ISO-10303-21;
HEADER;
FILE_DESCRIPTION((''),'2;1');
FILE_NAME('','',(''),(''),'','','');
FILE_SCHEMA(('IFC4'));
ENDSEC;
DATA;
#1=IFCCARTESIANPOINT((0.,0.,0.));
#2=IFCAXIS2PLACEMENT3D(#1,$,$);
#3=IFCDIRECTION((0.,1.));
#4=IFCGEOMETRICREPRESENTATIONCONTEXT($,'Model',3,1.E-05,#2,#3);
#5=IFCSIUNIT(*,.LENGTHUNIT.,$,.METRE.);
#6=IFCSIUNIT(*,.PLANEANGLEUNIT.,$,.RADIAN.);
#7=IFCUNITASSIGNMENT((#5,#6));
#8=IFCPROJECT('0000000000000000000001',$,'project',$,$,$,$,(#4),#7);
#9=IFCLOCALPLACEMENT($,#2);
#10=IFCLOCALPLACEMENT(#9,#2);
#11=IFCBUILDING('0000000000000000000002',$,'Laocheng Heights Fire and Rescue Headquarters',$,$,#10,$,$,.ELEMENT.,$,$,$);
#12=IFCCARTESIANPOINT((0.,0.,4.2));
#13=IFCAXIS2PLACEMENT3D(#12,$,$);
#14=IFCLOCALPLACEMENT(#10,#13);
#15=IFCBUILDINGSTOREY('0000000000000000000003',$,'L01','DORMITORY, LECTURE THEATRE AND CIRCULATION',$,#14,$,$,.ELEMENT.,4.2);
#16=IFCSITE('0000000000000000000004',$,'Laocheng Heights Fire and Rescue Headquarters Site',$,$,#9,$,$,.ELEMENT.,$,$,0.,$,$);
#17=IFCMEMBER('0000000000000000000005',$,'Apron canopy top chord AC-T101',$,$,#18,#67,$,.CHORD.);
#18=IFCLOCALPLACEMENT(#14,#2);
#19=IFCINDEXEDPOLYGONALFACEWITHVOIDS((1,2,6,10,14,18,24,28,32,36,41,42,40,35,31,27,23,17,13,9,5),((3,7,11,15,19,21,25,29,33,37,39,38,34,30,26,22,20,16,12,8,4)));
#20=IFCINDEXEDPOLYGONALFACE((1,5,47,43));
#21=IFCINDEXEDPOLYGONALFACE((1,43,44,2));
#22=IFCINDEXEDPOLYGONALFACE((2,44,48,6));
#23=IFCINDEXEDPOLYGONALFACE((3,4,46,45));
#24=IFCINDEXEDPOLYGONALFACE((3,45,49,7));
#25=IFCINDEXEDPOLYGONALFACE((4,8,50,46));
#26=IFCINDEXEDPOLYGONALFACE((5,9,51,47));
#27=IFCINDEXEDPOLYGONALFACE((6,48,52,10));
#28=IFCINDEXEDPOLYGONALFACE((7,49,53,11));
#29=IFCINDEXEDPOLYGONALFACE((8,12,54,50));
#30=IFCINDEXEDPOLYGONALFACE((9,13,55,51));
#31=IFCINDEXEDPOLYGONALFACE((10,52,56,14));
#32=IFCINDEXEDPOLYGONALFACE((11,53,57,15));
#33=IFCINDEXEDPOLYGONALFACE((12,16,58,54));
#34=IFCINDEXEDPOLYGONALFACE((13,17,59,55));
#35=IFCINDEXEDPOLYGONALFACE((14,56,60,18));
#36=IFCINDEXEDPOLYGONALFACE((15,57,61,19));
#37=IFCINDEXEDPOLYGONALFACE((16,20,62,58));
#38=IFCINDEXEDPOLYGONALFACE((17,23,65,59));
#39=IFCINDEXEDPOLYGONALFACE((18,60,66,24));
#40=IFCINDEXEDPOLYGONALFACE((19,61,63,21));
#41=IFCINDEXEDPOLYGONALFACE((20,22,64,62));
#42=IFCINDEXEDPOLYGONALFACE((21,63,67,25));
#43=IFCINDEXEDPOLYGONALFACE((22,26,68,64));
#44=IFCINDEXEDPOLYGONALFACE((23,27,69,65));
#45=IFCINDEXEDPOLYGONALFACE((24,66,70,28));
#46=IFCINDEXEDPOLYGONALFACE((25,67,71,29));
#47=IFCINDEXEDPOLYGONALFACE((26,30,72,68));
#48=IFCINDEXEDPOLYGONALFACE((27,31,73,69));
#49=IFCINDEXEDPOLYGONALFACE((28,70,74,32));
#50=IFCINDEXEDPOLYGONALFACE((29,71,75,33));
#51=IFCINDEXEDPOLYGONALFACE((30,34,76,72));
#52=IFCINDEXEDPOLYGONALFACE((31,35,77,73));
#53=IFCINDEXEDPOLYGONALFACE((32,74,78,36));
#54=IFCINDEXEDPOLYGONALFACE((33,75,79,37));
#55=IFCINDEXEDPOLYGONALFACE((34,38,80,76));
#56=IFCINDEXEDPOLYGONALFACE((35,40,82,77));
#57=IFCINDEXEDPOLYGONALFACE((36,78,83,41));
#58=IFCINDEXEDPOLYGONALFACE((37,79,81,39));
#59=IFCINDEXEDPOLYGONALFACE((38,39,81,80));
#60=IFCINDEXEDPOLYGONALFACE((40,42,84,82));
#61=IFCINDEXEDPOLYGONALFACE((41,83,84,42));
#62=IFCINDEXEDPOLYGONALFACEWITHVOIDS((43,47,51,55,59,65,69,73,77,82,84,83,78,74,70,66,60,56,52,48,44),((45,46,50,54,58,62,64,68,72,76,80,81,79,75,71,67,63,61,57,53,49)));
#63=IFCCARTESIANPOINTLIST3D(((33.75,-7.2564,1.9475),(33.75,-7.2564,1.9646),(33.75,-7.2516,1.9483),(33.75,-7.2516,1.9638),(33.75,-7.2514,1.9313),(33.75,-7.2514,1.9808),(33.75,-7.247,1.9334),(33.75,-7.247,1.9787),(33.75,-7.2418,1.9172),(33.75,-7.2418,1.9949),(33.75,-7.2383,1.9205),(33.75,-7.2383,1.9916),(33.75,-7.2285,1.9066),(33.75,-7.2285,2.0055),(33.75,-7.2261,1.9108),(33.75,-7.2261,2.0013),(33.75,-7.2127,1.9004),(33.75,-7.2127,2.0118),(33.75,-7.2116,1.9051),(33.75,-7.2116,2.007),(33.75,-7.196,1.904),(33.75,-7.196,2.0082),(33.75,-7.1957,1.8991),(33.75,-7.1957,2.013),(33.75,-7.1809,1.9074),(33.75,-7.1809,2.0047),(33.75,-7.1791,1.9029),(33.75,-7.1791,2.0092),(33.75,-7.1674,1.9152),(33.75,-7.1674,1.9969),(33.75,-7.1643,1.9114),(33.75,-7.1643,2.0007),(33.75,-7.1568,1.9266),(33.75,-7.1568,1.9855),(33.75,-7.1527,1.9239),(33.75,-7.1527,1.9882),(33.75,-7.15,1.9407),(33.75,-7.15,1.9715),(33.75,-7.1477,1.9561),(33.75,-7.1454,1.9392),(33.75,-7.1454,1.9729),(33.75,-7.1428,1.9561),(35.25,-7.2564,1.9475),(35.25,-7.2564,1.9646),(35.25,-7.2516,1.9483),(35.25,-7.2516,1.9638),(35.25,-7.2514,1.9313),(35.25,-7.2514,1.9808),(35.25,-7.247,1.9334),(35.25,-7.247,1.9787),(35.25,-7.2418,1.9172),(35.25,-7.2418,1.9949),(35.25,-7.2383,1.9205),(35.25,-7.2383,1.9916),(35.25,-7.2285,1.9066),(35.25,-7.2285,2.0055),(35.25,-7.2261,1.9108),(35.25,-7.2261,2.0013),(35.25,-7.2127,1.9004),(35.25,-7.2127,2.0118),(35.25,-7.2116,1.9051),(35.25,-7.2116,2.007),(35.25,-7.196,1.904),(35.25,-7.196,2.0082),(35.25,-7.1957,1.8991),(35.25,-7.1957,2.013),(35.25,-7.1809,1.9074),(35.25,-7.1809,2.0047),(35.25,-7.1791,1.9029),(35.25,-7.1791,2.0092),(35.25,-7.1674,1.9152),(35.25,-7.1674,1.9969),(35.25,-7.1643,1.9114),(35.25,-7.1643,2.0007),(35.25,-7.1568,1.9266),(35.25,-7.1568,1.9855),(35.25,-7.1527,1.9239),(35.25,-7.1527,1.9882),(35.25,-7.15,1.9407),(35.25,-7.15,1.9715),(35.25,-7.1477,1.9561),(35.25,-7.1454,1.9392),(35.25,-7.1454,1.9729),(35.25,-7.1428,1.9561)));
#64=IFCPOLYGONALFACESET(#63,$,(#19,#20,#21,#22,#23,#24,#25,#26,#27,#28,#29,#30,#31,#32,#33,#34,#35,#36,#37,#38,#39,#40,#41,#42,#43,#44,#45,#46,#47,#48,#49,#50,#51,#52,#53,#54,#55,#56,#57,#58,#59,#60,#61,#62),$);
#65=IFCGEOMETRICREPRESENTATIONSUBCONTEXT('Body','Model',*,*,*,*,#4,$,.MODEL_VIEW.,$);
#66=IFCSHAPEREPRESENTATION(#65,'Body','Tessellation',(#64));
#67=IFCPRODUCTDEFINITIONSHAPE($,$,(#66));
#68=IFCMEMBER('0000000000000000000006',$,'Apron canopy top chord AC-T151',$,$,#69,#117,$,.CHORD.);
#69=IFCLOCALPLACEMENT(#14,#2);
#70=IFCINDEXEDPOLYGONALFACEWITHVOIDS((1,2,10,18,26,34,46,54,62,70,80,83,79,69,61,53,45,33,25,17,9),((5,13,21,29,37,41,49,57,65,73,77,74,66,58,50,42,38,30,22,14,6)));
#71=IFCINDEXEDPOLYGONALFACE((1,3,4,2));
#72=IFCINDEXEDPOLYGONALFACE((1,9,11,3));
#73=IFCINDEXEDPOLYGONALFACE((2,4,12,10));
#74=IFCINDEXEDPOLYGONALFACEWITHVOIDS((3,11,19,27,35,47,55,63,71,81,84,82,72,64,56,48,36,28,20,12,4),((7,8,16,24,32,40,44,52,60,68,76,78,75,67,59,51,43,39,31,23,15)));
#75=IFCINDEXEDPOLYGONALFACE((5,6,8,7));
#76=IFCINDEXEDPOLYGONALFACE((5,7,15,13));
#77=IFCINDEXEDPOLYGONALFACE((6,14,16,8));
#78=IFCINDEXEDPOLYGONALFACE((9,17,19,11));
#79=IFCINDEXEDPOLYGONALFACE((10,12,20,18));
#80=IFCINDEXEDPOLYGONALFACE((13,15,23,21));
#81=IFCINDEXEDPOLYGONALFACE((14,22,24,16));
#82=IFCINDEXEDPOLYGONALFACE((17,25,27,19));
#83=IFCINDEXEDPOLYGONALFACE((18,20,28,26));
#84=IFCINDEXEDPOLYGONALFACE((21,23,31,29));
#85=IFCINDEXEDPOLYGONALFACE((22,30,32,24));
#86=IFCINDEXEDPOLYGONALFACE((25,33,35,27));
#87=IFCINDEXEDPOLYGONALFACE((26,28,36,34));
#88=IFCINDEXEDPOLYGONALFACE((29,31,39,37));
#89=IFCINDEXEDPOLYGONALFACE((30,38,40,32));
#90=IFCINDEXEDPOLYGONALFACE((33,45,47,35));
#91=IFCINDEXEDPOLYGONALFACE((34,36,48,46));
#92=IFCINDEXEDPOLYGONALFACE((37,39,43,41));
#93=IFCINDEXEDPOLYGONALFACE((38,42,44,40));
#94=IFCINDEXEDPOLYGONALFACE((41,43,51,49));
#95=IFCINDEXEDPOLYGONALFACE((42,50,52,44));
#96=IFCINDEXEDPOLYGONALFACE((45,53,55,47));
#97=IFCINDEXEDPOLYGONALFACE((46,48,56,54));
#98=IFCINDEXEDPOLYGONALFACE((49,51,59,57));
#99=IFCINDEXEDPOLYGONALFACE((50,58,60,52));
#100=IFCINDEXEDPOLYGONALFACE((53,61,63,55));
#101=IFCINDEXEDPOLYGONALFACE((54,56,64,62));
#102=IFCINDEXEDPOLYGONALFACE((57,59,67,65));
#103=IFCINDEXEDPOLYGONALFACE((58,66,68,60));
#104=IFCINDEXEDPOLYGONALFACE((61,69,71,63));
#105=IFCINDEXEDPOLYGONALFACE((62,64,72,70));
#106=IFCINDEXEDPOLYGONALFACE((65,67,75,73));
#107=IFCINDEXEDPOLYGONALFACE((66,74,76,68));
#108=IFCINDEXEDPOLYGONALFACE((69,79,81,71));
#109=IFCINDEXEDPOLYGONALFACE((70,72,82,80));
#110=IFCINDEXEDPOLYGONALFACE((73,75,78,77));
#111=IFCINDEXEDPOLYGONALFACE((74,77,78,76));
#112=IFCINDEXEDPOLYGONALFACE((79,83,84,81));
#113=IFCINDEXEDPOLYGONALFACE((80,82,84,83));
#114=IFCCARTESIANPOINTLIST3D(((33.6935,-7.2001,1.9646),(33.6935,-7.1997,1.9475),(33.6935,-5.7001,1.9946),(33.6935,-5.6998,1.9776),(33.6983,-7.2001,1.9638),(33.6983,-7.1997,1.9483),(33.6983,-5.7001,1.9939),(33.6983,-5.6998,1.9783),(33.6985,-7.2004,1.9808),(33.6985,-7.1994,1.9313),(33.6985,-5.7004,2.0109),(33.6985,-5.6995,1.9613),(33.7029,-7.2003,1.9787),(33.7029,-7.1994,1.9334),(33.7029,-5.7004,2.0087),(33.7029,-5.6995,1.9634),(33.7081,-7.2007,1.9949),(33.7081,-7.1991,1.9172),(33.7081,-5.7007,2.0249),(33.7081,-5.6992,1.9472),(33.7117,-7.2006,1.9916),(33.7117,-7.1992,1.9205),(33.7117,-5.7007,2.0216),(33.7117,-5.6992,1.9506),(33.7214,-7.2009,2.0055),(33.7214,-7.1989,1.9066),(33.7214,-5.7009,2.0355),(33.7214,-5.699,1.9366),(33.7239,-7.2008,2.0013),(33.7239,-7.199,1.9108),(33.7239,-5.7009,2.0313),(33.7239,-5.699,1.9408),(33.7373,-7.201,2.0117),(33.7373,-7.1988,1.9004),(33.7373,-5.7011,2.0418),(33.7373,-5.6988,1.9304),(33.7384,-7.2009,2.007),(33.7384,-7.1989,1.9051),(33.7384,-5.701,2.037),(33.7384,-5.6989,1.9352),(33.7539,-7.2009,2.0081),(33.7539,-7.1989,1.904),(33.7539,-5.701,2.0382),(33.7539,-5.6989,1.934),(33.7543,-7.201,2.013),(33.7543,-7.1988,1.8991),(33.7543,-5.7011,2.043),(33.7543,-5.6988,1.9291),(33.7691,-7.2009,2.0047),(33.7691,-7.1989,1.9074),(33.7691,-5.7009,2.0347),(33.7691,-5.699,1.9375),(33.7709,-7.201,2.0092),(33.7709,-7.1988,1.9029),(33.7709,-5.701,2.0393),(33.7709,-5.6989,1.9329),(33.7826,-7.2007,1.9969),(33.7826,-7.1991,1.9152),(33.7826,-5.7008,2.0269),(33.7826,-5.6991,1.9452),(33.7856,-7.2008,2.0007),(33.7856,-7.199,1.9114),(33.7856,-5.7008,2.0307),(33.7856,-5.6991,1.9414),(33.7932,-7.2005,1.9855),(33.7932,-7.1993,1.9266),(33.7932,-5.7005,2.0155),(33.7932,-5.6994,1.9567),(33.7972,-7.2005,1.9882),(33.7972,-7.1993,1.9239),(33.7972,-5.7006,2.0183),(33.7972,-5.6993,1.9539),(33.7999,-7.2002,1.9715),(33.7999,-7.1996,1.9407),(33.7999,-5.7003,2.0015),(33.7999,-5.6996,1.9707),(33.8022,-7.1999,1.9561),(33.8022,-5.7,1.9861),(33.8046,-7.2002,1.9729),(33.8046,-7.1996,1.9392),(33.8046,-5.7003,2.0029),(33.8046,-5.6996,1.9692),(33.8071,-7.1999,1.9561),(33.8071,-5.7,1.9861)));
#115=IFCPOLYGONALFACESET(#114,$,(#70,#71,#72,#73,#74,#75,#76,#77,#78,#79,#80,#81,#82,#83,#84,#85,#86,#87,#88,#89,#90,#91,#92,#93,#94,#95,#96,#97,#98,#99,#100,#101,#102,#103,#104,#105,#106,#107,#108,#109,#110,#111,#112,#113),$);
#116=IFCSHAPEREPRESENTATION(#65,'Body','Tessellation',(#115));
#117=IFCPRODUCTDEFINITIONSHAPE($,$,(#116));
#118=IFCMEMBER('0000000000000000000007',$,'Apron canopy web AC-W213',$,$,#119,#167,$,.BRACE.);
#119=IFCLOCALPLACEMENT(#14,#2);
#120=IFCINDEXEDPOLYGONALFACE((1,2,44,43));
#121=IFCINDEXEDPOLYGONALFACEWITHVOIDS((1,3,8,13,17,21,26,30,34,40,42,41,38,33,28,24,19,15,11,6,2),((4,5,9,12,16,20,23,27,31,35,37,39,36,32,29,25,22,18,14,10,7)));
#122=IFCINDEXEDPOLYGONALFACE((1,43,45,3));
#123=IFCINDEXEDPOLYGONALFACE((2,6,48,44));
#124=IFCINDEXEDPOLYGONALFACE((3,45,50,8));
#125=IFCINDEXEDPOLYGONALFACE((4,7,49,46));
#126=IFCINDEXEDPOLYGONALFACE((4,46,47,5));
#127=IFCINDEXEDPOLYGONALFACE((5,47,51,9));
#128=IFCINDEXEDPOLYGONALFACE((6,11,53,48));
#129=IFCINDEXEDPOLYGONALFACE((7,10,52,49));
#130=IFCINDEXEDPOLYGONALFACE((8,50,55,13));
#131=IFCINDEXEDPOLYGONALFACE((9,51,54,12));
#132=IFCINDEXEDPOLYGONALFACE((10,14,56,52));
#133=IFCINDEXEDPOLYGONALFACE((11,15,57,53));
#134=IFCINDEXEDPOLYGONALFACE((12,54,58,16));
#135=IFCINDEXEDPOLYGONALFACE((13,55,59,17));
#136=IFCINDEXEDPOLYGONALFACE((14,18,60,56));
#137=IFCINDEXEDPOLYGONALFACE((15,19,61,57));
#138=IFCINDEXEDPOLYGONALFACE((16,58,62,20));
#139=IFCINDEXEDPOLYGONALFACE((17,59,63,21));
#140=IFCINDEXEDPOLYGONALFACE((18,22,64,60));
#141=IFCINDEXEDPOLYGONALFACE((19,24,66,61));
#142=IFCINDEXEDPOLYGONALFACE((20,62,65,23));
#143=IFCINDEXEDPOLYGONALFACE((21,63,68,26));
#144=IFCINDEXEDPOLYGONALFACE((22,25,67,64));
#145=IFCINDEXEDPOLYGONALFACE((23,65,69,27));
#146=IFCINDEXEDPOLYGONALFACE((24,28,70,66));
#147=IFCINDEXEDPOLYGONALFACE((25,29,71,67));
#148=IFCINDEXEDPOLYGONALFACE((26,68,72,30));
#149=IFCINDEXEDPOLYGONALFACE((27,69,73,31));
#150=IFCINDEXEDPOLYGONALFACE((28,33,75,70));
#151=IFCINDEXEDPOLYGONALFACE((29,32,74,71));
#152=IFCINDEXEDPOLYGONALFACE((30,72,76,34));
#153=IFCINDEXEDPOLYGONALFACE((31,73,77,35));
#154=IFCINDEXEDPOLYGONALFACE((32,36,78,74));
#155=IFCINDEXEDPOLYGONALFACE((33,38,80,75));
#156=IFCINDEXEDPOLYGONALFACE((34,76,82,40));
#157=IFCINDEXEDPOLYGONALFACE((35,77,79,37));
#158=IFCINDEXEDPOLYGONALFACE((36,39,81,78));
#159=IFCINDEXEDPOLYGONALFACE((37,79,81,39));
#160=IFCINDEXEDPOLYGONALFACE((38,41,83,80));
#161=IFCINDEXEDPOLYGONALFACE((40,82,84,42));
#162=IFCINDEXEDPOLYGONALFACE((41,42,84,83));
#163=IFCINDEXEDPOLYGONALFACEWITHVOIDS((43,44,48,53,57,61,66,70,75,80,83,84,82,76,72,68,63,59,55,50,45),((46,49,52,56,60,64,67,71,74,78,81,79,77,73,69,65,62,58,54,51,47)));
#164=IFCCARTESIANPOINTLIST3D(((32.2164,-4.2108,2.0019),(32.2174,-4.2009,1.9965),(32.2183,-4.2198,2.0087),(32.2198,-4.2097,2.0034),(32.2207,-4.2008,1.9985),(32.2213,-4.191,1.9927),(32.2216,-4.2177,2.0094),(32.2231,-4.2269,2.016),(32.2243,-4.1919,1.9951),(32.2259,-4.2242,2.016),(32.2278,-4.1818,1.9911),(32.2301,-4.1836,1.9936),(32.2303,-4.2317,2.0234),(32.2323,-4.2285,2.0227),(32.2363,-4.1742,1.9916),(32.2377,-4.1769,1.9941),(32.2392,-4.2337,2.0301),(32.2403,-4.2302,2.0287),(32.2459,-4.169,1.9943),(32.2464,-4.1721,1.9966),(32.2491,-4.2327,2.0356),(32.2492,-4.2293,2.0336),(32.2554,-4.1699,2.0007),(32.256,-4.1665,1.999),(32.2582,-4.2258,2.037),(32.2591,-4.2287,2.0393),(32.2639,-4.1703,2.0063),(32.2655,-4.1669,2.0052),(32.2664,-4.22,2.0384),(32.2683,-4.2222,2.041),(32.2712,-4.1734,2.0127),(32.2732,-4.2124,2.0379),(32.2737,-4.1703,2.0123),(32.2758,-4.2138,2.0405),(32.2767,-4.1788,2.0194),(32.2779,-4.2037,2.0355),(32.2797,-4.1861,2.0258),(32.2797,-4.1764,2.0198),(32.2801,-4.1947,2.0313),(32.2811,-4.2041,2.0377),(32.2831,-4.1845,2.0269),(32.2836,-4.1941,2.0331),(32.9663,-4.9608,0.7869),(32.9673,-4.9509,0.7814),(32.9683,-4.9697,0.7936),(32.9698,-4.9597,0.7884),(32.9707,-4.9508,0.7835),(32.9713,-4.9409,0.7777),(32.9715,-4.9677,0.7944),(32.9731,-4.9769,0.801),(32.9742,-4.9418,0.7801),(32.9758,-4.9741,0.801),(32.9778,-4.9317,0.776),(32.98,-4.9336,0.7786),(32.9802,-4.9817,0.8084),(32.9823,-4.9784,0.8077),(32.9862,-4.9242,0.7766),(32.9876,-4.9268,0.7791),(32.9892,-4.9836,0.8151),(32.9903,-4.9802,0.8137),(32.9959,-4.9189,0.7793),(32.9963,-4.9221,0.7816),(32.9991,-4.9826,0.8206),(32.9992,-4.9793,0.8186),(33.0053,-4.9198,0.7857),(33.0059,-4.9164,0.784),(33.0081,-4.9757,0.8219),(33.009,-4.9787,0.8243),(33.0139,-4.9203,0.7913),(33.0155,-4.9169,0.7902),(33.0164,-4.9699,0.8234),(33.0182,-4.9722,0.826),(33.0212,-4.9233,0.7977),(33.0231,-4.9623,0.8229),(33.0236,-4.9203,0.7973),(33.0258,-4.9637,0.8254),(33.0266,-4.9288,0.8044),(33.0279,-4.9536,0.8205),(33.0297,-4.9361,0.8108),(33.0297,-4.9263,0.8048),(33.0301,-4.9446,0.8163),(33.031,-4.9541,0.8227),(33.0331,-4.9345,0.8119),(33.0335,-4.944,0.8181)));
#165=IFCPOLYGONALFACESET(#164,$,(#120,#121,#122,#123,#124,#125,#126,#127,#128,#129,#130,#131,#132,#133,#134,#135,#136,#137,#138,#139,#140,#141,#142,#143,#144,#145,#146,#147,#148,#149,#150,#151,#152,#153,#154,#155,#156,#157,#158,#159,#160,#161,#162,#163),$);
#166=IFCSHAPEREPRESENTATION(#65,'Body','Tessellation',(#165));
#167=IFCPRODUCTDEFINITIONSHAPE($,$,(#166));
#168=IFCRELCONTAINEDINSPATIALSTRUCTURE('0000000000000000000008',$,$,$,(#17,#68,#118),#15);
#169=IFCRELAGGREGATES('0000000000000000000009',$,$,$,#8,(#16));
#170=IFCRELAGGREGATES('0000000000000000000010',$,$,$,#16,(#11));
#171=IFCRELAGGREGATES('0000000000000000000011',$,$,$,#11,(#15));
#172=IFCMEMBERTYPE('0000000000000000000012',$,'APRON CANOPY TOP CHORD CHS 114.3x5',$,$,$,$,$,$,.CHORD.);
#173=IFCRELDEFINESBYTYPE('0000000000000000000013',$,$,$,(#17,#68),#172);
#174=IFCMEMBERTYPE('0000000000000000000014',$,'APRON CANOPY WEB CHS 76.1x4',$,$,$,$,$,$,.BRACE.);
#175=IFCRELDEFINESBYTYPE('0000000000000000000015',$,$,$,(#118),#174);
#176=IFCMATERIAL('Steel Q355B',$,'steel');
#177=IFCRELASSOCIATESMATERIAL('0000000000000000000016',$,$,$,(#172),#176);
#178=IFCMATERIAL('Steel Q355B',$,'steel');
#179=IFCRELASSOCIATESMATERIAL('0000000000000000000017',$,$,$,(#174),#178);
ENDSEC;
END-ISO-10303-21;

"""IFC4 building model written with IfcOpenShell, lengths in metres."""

from ifc_helpers import new_model, si_unit, direction, frame, origin, origin_2d, place, context, subcontext, project, spatial, hollow_circle, extrude, material, material_profile, profile_set, type_object, element, save


model = new_model("IFC4")

# Units and contexts
model_context = context("Model", 3, precision=1e-05, world=origin(), true_north=direction((0.0, 1.0)))
body_context = subcontext(model_context, "Body", "Model", "MODEL_VIEW")
ifc_project = project(units=[si_unit("LENGTHUNIT", "METRE"), si_unit("PLANEANGLEUNIT", "RADIAN")], contexts=[model_context])

# Site, building, storey
site_placement = place(None, origin())
site = spatial("IfcSite", under=ifc_project, at=site_placement, Name="Laocheng Heights Fire and Rescue Headquarters Site", CompositionType="ELEMENT", RefElevation=0.0)
building_placement = place(site_placement, origin())
building = spatial("IfcBuilding", under=site, at=building_placement, Name="Laocheng Heights Fire and Rescue Headquarters", CompositionType="ELEMENT")
storey_placement = place(building_placement, frame((0.0, 0.0, 4.2)))
storey = spatial("IfcBuildingStorey", under=building, at=storey_placement, Name="L01", Description="DORMITORY, LECTURE THEATRE AND CIRCULATION", CompositionType="ELEMENT", Elevation=4.2)

# Members
ifc_material_1 = material(Name="Steel Q355B", Category="steel")
ifc_material_profile_1 = material_profile(ifc_material_1, hollow_circle(Radius=0.0571, WallThickness=0.0049, at=origin_2d()), Name="CHS 114.3x5")
ifc_profile_set_1 = profile_set([ifc_material_profile_1], Name="Steel Q355B")
member_type_1 = type_object("IfcMemberType", Name="APRON CANOPY TOP CHORD CHS 114.3x5", PredefinedType="CHORD", material=ifc_profile_set_1)
for number, where, z_axis, x_axis, name in (
    (1, (33.75, -7.2, 1.9561), (1.0, 0.0, 0.0), (0.0, 1.0, 0.0), "Apron canopy top chord AC-T101"),
):
    element("IfcMember", number, at=place(storey_placement, frame(where, z_axis=z_axis, x_axis=x_axis)), inside=storey, type_object=member_type_1, Name=name, PredefinedType="CHORD", context=body_context, shape_type="SweptSolid", body=[
        extrude(hollow_circle(Radius=0.0571, WallThickness=0.0049, at=origin_2d()), origin(), (0.0, 0.0, 1.0), 1.5),
    ])
member_1_placement = place(storey_placement, frame((33.75, -5.7, 1.9861), z_axis=(0.0, -0.9998, -0.020016), x_axis=(1.0, 0.0, 0.0)))
element("IfcMember", 2, at=member_1_placement, inside=storey, type_object=member_type_1, Name="Apron canopy top chord AC-T151", PredefinedType="CHORD", context=body_context, shape_type="SweptSolid", body=[
    extrude(hollow_circle(Radius=0.0571, WallThickness=0.0049, at=origin_2d()), origin(), (0.0, 0.0, 1.0), 1.5002),
])
ifc_material_2 = material(Name="Steel Q355B", Category="steel")
ifc_material_profile_2 = material_profile(ifc_material_2, hollow_circle(Radius=0.0381, WallThickness=0.0039, at=origin_2d()), Name="CHS 76.1x4")
ifc_profile_set_2 = profile_set([ifc_material_profile_2], Name="Steel Q355B")
member_type_2 = type_object("IfcMemberType", Name="APRON CANOPY WEB CHS 76.1x4", PredefinedType="BRACE", material=ifc_profile_set_2)
for number, where, z_axis, x_axis, name in (
    (3, (33.0, -4.95, 0.801), (-0.465002, 0.465002, 0.753357), (-0.707107, -0.707107, 0.0), "Apron canopy web AC-W213"),
):
    element("IfcMember", number, at=place(storey_placement, frame(where, z_axis=z_axis, x_axis=x_axis)), inside=storey, type_object=member_type_2, Name=name, PredefinedType="BRACE", context=body_context, shape_type="SweptSolid", body=[
        extrude(hollow_circle(Radius=0.0381, WallThickness=0.0039, at=origin_2d()), origin(), (0.0, 0.0, 1.0), 1.6128),
    ])

save(model, "model.ifc")
